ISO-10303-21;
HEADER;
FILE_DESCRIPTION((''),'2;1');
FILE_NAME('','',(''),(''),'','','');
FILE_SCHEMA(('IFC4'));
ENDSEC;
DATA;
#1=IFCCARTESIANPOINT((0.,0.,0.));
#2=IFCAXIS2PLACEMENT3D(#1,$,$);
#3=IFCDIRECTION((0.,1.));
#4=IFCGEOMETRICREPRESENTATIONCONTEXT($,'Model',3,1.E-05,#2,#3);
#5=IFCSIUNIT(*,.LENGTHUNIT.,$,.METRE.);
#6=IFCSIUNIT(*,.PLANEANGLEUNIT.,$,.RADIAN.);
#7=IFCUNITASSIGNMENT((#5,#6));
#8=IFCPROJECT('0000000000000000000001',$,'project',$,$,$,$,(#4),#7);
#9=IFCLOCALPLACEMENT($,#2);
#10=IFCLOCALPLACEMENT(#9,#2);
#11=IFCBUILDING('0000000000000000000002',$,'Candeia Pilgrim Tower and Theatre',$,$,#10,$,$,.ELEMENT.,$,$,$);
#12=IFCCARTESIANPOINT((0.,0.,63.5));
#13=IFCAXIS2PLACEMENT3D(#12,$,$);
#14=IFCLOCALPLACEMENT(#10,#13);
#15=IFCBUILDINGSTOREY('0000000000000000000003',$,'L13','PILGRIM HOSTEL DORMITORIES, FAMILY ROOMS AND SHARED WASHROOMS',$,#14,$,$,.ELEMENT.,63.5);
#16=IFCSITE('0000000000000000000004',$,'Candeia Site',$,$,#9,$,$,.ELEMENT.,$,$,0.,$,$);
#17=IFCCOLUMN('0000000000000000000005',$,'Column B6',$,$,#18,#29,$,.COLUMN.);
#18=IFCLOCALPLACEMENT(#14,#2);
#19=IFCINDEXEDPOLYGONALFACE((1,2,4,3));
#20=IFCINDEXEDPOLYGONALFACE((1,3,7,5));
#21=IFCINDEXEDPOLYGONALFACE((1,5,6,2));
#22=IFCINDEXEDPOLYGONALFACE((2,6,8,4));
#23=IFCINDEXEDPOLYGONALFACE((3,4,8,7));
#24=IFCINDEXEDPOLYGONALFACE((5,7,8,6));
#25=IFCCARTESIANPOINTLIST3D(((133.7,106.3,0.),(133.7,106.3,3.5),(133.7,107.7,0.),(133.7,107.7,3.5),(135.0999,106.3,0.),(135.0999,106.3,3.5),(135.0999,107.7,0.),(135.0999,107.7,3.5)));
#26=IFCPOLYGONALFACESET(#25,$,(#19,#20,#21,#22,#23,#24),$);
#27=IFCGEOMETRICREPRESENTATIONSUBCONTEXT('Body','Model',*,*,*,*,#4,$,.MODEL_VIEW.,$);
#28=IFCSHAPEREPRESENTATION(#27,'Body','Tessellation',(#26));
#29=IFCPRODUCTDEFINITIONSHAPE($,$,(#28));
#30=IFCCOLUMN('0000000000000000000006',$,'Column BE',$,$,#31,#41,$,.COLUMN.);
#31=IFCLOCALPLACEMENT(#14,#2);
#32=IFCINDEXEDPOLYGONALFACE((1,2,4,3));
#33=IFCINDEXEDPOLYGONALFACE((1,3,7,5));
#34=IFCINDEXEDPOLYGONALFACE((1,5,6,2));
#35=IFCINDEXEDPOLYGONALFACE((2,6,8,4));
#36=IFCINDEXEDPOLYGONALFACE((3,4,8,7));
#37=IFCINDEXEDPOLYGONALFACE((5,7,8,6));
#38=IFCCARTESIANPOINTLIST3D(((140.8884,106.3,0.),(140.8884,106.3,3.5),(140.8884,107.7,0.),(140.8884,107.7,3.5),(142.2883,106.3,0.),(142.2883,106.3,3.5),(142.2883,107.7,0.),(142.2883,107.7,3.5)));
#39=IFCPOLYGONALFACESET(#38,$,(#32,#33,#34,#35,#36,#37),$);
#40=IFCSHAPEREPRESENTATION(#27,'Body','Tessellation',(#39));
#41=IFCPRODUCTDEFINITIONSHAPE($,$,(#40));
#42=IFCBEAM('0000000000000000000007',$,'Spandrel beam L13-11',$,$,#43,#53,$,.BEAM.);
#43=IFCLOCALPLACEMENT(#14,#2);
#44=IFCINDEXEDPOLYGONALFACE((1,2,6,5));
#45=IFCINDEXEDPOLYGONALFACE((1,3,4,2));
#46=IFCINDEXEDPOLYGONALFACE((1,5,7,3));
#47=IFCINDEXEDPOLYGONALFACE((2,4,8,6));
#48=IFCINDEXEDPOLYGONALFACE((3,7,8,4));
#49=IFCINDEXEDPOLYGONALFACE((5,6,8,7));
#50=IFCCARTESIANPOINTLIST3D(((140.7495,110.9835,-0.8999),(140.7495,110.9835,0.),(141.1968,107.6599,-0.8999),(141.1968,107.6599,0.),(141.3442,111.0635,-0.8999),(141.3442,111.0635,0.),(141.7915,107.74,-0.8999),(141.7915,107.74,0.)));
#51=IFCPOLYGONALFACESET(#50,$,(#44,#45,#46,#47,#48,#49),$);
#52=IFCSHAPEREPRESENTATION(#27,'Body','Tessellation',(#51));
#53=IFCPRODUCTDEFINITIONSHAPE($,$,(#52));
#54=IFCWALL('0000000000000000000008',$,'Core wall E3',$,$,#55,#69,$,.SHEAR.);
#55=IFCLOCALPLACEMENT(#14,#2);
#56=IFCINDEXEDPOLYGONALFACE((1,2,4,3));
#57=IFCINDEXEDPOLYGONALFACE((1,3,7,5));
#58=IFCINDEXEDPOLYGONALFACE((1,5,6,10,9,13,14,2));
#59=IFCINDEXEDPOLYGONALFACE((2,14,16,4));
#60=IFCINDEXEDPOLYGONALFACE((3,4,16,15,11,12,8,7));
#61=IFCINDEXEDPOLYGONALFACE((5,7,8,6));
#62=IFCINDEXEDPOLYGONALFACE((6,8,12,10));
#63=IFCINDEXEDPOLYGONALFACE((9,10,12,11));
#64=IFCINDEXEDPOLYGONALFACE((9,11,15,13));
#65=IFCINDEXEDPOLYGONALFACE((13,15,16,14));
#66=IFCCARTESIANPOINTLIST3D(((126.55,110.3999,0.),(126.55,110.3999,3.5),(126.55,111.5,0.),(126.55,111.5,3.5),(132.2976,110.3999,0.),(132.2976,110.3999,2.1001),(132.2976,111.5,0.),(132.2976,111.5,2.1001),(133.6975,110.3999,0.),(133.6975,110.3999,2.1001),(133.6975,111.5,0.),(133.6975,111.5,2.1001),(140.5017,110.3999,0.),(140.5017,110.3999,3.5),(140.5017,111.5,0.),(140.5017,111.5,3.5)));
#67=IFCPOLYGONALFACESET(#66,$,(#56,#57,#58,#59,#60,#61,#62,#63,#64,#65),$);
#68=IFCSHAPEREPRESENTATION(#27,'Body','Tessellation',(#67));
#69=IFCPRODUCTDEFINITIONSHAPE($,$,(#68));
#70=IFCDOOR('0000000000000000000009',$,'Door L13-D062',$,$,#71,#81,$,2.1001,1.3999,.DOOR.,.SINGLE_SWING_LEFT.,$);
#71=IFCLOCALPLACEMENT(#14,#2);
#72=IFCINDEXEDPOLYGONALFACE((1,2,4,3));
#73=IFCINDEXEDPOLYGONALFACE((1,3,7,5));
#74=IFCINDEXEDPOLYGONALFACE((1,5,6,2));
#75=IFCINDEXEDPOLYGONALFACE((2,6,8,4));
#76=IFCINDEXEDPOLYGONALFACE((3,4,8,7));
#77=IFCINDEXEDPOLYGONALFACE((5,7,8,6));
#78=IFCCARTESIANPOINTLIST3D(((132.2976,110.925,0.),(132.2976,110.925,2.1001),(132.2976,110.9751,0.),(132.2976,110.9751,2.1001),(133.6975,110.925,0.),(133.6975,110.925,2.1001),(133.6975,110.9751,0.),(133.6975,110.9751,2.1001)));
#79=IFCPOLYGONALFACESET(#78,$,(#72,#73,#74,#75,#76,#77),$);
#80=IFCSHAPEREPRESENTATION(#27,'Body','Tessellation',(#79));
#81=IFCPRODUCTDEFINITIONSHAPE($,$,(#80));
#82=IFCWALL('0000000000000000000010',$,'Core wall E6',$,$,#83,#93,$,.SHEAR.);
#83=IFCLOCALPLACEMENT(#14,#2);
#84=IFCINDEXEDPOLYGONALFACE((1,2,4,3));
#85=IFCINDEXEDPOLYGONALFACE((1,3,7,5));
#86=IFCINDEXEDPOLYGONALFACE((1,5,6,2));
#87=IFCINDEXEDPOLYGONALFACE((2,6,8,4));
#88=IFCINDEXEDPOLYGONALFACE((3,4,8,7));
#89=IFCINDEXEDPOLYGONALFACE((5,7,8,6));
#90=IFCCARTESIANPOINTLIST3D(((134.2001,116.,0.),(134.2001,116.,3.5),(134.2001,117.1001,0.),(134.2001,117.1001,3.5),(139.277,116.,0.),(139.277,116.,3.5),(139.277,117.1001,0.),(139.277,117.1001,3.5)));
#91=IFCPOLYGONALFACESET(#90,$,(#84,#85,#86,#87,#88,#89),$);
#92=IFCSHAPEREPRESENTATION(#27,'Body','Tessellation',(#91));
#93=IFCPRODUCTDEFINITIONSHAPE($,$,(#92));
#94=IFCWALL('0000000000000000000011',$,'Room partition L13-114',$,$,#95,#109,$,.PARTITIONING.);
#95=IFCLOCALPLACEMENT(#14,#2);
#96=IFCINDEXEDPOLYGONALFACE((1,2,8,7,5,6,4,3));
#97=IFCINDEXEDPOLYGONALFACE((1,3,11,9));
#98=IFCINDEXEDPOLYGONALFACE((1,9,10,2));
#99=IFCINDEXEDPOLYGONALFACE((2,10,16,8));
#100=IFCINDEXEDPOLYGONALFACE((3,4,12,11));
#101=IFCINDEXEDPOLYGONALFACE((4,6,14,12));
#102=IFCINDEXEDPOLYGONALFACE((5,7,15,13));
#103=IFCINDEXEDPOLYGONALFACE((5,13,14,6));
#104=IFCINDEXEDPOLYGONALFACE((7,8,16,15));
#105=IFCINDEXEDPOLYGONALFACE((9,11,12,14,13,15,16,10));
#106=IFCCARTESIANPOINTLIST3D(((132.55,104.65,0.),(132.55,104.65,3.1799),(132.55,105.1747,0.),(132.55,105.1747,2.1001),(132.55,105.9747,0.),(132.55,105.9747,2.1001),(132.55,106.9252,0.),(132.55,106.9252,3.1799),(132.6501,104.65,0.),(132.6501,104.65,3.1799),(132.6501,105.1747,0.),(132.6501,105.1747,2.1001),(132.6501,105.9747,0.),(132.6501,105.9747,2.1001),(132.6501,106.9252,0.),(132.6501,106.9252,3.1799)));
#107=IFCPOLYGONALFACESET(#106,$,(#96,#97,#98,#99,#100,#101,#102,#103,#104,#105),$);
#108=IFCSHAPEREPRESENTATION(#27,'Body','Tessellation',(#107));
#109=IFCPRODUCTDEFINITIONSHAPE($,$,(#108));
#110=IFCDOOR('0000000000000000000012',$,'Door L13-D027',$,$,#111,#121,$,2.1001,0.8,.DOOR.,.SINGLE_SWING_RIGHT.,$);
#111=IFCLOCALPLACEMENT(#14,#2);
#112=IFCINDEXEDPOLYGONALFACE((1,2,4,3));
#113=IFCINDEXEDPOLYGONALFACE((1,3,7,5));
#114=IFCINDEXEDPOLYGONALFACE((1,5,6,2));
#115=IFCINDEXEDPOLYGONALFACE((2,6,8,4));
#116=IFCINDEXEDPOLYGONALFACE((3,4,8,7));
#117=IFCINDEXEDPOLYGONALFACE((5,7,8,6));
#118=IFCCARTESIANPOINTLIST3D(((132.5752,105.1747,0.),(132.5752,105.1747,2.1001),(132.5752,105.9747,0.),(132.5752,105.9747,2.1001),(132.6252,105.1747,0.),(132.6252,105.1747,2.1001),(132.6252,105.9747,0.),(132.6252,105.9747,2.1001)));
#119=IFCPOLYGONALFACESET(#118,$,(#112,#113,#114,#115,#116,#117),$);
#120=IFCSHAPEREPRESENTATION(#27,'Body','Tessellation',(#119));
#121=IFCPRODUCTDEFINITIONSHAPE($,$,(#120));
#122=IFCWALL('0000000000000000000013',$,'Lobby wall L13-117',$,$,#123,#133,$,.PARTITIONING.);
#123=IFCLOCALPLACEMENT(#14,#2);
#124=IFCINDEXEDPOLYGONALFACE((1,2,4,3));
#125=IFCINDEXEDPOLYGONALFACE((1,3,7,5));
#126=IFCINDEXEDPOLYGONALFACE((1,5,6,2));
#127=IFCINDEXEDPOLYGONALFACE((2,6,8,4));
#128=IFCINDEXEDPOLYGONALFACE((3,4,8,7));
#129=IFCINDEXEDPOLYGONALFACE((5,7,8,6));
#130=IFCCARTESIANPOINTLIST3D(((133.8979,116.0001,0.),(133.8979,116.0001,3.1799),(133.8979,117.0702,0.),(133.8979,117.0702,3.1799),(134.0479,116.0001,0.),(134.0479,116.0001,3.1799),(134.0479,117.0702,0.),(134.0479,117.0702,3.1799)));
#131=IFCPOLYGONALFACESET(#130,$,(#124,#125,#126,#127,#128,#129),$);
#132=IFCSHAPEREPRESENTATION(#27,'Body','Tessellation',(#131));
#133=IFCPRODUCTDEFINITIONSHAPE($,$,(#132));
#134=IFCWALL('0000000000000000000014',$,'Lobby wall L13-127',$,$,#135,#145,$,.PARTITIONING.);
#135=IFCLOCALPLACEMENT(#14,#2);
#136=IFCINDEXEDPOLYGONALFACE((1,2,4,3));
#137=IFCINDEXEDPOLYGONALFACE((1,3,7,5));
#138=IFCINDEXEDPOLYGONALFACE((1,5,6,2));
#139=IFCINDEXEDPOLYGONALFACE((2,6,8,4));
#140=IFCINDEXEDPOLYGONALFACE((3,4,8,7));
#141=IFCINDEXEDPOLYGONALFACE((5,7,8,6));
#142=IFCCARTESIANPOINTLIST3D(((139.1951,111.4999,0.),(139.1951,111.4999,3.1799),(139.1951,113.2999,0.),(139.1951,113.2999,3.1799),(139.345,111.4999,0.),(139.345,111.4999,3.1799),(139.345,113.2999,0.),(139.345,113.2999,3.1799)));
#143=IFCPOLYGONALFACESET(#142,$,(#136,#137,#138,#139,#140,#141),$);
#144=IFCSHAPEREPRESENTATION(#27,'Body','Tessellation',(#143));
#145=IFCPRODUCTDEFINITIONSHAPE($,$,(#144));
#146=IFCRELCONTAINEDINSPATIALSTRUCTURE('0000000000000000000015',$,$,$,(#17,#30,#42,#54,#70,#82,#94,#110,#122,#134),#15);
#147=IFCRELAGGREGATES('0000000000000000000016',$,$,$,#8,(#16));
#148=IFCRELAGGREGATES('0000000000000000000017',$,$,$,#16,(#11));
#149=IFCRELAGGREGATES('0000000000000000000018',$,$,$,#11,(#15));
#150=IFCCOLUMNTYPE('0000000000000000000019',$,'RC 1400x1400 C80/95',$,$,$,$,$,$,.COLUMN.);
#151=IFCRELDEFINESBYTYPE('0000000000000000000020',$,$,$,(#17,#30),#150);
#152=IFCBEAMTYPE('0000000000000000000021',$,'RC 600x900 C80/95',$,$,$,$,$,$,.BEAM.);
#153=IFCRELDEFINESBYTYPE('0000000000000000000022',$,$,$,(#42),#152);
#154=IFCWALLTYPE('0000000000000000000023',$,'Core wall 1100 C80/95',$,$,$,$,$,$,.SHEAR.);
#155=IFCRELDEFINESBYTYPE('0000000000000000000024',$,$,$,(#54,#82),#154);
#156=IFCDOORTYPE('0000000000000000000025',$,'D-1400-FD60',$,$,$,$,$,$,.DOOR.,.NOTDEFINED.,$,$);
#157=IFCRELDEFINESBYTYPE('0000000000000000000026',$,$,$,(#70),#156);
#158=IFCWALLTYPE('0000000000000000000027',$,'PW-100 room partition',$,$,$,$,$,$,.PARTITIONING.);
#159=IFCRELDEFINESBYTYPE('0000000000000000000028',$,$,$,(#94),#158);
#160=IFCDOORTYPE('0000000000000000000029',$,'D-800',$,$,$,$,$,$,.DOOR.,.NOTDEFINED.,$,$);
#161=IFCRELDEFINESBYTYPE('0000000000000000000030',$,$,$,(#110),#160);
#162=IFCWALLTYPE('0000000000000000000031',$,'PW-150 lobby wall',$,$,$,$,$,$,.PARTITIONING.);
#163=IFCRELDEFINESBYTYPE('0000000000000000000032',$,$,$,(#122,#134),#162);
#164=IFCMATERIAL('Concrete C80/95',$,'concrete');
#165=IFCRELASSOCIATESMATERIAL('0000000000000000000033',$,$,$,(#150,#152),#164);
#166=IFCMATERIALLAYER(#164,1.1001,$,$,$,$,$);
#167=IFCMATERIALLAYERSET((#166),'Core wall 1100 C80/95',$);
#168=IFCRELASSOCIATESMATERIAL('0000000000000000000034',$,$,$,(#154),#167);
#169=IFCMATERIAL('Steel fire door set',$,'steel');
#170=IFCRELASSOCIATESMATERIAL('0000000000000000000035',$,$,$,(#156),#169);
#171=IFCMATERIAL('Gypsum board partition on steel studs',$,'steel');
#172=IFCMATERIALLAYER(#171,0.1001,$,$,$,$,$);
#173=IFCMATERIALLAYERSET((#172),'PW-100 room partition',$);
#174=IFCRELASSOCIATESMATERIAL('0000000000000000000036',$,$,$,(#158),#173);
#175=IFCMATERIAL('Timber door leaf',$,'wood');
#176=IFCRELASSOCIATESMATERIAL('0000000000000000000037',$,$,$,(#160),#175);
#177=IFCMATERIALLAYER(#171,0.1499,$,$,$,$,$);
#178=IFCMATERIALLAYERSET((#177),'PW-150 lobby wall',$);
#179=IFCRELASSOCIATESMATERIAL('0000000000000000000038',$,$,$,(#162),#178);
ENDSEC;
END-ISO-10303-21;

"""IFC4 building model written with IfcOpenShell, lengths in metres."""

from ifc_helpers import new_model, si_unit, direction, frame, frame_2d, origin, origin_2d, place, context, subcontext, project, spatial, rectangle, extrude, material, layer, layer_set, material_profile, profile_set, type_object, element, fill, save


model = new_model("IFC4")

# Units and contexts
model_context = context("Model", 3, precision=1e-05, world=origin(), true_north=direction((0.0, 1.0)))
body_context = subcontext(model_context, "Body", "Model", "MODEL_VIEW")
ifc_project = project(units=[si_unit("LENGTHUNIT", "METRE"), si_unit("PLANEANGLEUNIT", "RADIAN")], contexts=[model_context])

# Site, building, storey
site_placement = place(None, origin())
site = spatial("IfcSite", under=ifc_project, at=site_placement, Name="Candeia Site", CompositionType="ELEMENT", RefElevation=0.0)
building_placement = place(site_placement, origin())
building = spatial("IfcBuilding", under=site, at=building_placement, Name="Candeia Pilgrim Tower and Theatre", CompositionType="ELEMENT")
storey_placement = place(building_placement, frame((0.0, 0.0, 63.5)))
storey = spatial("IfcBuildingStorey", under=building, at=storey_placement, Name="L13", Description="PILGRIM HOSTEL DORMITORIES, FAMILY ROOMS AND SHARED WASHROOMS", CompositionType="ELEMENT", Elevation=63.5)

# Columns
ifc_material_1 = material(Name="Concrete C80/95", Category="concrete")
ifc_material_profile_1 = material_profile(ifc_material_1, rectangle(XDim=1.3999, YDim=1.3999, at=origin_2d()))
ifc_profile_set_1 = profile_set([ifc_material_profile_1], Name="Concrete C80/95")
column_type = type_object("IfcColumnType", Name="RC 1400x1400 C80/95", PredefinedType="COLUMN", material=ifc_profile_set_1)
for number, where, z_axis, x_axis, name in (
    (1, (134.3999, 107.0, 0.0), (0.0, 0.0, 1.0), (1.0, 0.0, 0.0), "Column B6"),
    (2, (141.5884, 107.0, 0.0), (0.0, 0.0, 1.0), (1.0, 0.0, 0.0), "Column BE"),
):
    element("IfcColumn", number, at=place(storey_placement, frame(where, z_axis=z_axis, x_axis=x_axis)), inside=storey, type_object=column_type, Name=name, PredefinedType="COLUMN", context=body_context, shape_type="SweptSolid", body=[
        extrude(rectangle(XDim=1.3999, YDim=1.3999, at=origin_2d()), origin(), (0.0, 0.0, 1.0), 3.5),
    ])

# Beam
ifc_material_profile_2 = material_profile(ifc_material_1, rectangle(XDim=0.6001, YDim=0.8999, at=origin_2d()))
ifc_profile_set_2 = profile_set([ifc_material_profile_2], Name="Concrete C80/95")
beam_type = type_object("IfcBeamType", Name="RC 600x900 C80/95", PredefinedType="BEAM", material=ifc_profile_set_2)
beam_placement = place(storey_placement, frame((141.4941, 107.7, -0.45), z_axis=(-0.133375, 0.991066, 0.0), x_axis=(-0.991066, -0.133375, 0.0)))
element("IfcBeam", 3, at=beam_placement, inside=storey, type_object=beam_type, Name="Spandrel beam L13-11", PredefinedType="BEAM", context=body_context, shape_type="SweptSolid", body=[
    extrude(rectangle(XDim=0.6001, YDim=0.8999, at=origin_2d()), origin(), (0.0, 0.0, 1.0), 3.3535),
])

# Wall, opening, door
ifc_layer_1 = layer(ifc_material_1, 1.1001)
ifc_layer_set_1 = layer_set([ifc_layer_1], Name="Core wall 1100 C80/95")
wall_type_1 = type_object("IfcWallType", Name="Core wall 1100 C80/95", PredefinedType="SHEAR", material=ifc_layer_set_1)
wall_1_placement = place(storey_placement, frame((140.5017, 110.95, 0.0), z_axis=(0.0, 0.0, 1.0), x_axis=(-1.0, 0.0, 0.0)))
wall_1 = element("IfcWall", 4, at=wall_1_placement, inside=storey, type_object=wall_type_1, Name="Core wall E3", PredefinedType="SHEAR", context=body_context, shape_type="SweptSolid", body=[
    extrude(rectangle(XDim=13.9517, YDim=1.1001, at=frame_2d((6.9758, 0.0))), origin(), (0.0, 0.0, 1.0), 3.5),
])
opening_1_placement = place(wall_1_placement, frame((6.8042, 0.0, 0.0)))
opening_1 = element("IfcOpeningElement", 5, at=opening_1_placement, cuts=wall_1, PredefinedType="OPENING", context=body_context, shape_type="SweptSolid", body=[
    extrude(rectangle(XDim=1.3999, YDim=2.1001, at=frame_2d((0.7, 1.05))), frame((0.0, 0.5601, 0.0), z_axis=(0.0, -1.0, 0.0), x_axis=(1.0, 0.0, 0.0)), (0.0, 0.0, 1.0), 1.1201),
])
ifc_material_2 = material(Name="Steel fire door set", Category="steel")
door_type_1 = type_object("IfcDoorType", Name="D-1400-FD60", OperationType="NOTDEFINED", PredefinedType="DOOR", material=ifc_material_2)
door_1_placement = place(opening_1_placement, origin())
door_1 = element("IfcDoor", 6, at=door_1_placement, inside=storey, type_object=door_type_1, Name="Door L13-D062", OperationType="SINGLE_SWING_LEFT", OverallHeight=2.1001, OverallWidth=1.3999, PredefinedType="DOOR", context=body_context, shape_type="SweptSolid", body=[
    extrude(rectangle(XDim=1.3999, YDim=2.1001, at=frame_2d((0.7, 1.05))), frame((0.0, 0.0249, 0.0), z_axis=(0.0, -1.0, 0.0), x_axis=(1.0, 0.0, 0.0)), (0.0, 0.0, 1.0), 0.05),
])
fill(opening_1, door_1)

# Wall
wall_2_placement = place(storey_placement, frame((134.2, 116.55, 0.0), z_axis=(0.0, 0.0, 1.0), x_axis=(1.0, 0.0, 0.0)))
element("IfcWall", 7, at=wall_2_placement, inside=storey, type_object=wall_type_1, Name="Core wall E6", PredefinedType="SHEAR", context=body_context, shape_type="SweptSolid", body=[
    extrude(rectangle(XDim=5.0769, YDim=1.1001, at=frame_2d((2.5386, 0.0))), origin(), (0.0, 0.0, 1.0), 3.5),
])

# Wall, opening, door
ifc_material_3 = material(Name="Gypsum board partition on steel studs", Category="steel")
ifc_layer_2 = layer(ifc_material_3, 0.1001)
ifc_layer_set_2 = layer_set([ifc_layer_2], Name="PW-100 room partition")
wall_type_2 = type_object("IfcWallType", Name="PW-100 room partition", PredefinedType="PARTITIONING", material=ifc_layer_set_2)
wall_3_placement = place(storey_placement, frame((132.6001, 104.6499, 0.0), z_axis=(0.0, 0.0, 1.0), x_axis=(0.0, 1.0, 0.0)))
wall_3 = element("IfcWall", 8, at=wall_3_placement, inside=storey, type_object=wall_type_2, Name="Room partition L13-114", PredefinedType="PARTITIONING", context=body_context, shape_type="SweptSolid", body=[
    extrude(rectangle(XDim=2.2751, YDim=0.1001, at=frame_2d((1.1377, 0.0))), origin(), (0.0, 0.0, 1.0), 3.1799),
])
opening_2_placement = place(wall_3_placement, frame((0.5249, 0.0, 0.0)))
opening_2 = element("IfcOpeningElement", 9, at=opening_2_placement, cuts=wall_3, PredefinedType="OPENING", context=body_context, shape_type="SweptSolid", body=[
    extrude(rectangle(XDim=0.8, YDim=2.1001, at=frame_2d((0.3999, 1.05))), frame((0.0, 0.0601, 0.0), z_axis=(0.0, -1.0, 0.0), x_axis=(1.0, 0.0, 0.0)), (0.0, 0.0, 1.0), 0.1201),
])
ifc_material_4 = material(Name="Timber door leaf", Category="wood")
door_type_2 = type_object("IfcDoorType", Name="D-800", OperationType="NOTDEFINED", PredefinedType="DOOR", material=ifc_material_4)
door_2_placement = place(opening_2_placement, origin())
door_2 = element("IfcDoor", 10, at=door_2_placement, inside=storey, type_object=door_type_2, Name="Door L13-D027", OperationType="SINGLE_SWING_RIGHT", OverallHeight=2.1001, OverallWidth=0.8, PredefinedType="DOOR", context=body_context, shape_type="SweptSolid", body=[
    extrude(rectangle(XDim=0.8, YDim=2.1001, at=frame_2d((0.3999, 1.05))), frame((0.0, 0.0249, 0.0), z_axis=(0.0, -1.0, 0.0), x_axis=(1.0, 0.0, 0.0)), (0.0, 0.0, 1.0), 0.05),
])
fill(opening_2, door_2)

# Walls
ifc_layer_3 = layer(ifc_material_3, 0.1499)
ifc_layer_set_3 = layer_set([ifc_layer_3], Name="PW-150 lobby wall")
wall_type_3 = type_object("IfcWallType", Name="PW-150 lobby wall", PredefinedType="PARTITIONING", material=ifc_layer_set_3)
wall_4_placement = place(storey_placement, frame((133.9729, 116.0, 0.0), z_axis=(0.0, 0.0, 1.0), x_axis=(0.0, 1.0, 0.0)))
element("IfcWall", 11, at=wall_4_placement, inside=storey, type_object=wall_type_3, Name="Lobby wall L13-117", PredefinedType="PARTITIONING", context=body_context, shape_type="SweptSolid", body=[
    extrude(rectangle(XDim=1.0701, YDim=0.1499, at=frame_2d((0.5352, 0.0))), origin(), (0.0, 0.0, 1.0), 3.1799),
])
wall_5_placement = place(storey_placement, frame((139.27, 111.5, 0.0), z_axis=(0.0, 0.0, 1.0), x_axis=(0.0, 1.0, 0.0)))
element("IfcWall", 12, at=wall_5_placement, inside=storey, type_object=wall_type_3, Name="Lobby wall L13-127", PredefinedType="PARTITIONING", context=body_context, shape_type="SweptSolid", body=[
    extrude(rectangle(XDim=1.8, YDim=0.1499, at=frame_2d((0.8999, 0.0))), origin(), (0.0, 0.0, 1.0), 3.1799),
])

save(model, "model.ifc")
